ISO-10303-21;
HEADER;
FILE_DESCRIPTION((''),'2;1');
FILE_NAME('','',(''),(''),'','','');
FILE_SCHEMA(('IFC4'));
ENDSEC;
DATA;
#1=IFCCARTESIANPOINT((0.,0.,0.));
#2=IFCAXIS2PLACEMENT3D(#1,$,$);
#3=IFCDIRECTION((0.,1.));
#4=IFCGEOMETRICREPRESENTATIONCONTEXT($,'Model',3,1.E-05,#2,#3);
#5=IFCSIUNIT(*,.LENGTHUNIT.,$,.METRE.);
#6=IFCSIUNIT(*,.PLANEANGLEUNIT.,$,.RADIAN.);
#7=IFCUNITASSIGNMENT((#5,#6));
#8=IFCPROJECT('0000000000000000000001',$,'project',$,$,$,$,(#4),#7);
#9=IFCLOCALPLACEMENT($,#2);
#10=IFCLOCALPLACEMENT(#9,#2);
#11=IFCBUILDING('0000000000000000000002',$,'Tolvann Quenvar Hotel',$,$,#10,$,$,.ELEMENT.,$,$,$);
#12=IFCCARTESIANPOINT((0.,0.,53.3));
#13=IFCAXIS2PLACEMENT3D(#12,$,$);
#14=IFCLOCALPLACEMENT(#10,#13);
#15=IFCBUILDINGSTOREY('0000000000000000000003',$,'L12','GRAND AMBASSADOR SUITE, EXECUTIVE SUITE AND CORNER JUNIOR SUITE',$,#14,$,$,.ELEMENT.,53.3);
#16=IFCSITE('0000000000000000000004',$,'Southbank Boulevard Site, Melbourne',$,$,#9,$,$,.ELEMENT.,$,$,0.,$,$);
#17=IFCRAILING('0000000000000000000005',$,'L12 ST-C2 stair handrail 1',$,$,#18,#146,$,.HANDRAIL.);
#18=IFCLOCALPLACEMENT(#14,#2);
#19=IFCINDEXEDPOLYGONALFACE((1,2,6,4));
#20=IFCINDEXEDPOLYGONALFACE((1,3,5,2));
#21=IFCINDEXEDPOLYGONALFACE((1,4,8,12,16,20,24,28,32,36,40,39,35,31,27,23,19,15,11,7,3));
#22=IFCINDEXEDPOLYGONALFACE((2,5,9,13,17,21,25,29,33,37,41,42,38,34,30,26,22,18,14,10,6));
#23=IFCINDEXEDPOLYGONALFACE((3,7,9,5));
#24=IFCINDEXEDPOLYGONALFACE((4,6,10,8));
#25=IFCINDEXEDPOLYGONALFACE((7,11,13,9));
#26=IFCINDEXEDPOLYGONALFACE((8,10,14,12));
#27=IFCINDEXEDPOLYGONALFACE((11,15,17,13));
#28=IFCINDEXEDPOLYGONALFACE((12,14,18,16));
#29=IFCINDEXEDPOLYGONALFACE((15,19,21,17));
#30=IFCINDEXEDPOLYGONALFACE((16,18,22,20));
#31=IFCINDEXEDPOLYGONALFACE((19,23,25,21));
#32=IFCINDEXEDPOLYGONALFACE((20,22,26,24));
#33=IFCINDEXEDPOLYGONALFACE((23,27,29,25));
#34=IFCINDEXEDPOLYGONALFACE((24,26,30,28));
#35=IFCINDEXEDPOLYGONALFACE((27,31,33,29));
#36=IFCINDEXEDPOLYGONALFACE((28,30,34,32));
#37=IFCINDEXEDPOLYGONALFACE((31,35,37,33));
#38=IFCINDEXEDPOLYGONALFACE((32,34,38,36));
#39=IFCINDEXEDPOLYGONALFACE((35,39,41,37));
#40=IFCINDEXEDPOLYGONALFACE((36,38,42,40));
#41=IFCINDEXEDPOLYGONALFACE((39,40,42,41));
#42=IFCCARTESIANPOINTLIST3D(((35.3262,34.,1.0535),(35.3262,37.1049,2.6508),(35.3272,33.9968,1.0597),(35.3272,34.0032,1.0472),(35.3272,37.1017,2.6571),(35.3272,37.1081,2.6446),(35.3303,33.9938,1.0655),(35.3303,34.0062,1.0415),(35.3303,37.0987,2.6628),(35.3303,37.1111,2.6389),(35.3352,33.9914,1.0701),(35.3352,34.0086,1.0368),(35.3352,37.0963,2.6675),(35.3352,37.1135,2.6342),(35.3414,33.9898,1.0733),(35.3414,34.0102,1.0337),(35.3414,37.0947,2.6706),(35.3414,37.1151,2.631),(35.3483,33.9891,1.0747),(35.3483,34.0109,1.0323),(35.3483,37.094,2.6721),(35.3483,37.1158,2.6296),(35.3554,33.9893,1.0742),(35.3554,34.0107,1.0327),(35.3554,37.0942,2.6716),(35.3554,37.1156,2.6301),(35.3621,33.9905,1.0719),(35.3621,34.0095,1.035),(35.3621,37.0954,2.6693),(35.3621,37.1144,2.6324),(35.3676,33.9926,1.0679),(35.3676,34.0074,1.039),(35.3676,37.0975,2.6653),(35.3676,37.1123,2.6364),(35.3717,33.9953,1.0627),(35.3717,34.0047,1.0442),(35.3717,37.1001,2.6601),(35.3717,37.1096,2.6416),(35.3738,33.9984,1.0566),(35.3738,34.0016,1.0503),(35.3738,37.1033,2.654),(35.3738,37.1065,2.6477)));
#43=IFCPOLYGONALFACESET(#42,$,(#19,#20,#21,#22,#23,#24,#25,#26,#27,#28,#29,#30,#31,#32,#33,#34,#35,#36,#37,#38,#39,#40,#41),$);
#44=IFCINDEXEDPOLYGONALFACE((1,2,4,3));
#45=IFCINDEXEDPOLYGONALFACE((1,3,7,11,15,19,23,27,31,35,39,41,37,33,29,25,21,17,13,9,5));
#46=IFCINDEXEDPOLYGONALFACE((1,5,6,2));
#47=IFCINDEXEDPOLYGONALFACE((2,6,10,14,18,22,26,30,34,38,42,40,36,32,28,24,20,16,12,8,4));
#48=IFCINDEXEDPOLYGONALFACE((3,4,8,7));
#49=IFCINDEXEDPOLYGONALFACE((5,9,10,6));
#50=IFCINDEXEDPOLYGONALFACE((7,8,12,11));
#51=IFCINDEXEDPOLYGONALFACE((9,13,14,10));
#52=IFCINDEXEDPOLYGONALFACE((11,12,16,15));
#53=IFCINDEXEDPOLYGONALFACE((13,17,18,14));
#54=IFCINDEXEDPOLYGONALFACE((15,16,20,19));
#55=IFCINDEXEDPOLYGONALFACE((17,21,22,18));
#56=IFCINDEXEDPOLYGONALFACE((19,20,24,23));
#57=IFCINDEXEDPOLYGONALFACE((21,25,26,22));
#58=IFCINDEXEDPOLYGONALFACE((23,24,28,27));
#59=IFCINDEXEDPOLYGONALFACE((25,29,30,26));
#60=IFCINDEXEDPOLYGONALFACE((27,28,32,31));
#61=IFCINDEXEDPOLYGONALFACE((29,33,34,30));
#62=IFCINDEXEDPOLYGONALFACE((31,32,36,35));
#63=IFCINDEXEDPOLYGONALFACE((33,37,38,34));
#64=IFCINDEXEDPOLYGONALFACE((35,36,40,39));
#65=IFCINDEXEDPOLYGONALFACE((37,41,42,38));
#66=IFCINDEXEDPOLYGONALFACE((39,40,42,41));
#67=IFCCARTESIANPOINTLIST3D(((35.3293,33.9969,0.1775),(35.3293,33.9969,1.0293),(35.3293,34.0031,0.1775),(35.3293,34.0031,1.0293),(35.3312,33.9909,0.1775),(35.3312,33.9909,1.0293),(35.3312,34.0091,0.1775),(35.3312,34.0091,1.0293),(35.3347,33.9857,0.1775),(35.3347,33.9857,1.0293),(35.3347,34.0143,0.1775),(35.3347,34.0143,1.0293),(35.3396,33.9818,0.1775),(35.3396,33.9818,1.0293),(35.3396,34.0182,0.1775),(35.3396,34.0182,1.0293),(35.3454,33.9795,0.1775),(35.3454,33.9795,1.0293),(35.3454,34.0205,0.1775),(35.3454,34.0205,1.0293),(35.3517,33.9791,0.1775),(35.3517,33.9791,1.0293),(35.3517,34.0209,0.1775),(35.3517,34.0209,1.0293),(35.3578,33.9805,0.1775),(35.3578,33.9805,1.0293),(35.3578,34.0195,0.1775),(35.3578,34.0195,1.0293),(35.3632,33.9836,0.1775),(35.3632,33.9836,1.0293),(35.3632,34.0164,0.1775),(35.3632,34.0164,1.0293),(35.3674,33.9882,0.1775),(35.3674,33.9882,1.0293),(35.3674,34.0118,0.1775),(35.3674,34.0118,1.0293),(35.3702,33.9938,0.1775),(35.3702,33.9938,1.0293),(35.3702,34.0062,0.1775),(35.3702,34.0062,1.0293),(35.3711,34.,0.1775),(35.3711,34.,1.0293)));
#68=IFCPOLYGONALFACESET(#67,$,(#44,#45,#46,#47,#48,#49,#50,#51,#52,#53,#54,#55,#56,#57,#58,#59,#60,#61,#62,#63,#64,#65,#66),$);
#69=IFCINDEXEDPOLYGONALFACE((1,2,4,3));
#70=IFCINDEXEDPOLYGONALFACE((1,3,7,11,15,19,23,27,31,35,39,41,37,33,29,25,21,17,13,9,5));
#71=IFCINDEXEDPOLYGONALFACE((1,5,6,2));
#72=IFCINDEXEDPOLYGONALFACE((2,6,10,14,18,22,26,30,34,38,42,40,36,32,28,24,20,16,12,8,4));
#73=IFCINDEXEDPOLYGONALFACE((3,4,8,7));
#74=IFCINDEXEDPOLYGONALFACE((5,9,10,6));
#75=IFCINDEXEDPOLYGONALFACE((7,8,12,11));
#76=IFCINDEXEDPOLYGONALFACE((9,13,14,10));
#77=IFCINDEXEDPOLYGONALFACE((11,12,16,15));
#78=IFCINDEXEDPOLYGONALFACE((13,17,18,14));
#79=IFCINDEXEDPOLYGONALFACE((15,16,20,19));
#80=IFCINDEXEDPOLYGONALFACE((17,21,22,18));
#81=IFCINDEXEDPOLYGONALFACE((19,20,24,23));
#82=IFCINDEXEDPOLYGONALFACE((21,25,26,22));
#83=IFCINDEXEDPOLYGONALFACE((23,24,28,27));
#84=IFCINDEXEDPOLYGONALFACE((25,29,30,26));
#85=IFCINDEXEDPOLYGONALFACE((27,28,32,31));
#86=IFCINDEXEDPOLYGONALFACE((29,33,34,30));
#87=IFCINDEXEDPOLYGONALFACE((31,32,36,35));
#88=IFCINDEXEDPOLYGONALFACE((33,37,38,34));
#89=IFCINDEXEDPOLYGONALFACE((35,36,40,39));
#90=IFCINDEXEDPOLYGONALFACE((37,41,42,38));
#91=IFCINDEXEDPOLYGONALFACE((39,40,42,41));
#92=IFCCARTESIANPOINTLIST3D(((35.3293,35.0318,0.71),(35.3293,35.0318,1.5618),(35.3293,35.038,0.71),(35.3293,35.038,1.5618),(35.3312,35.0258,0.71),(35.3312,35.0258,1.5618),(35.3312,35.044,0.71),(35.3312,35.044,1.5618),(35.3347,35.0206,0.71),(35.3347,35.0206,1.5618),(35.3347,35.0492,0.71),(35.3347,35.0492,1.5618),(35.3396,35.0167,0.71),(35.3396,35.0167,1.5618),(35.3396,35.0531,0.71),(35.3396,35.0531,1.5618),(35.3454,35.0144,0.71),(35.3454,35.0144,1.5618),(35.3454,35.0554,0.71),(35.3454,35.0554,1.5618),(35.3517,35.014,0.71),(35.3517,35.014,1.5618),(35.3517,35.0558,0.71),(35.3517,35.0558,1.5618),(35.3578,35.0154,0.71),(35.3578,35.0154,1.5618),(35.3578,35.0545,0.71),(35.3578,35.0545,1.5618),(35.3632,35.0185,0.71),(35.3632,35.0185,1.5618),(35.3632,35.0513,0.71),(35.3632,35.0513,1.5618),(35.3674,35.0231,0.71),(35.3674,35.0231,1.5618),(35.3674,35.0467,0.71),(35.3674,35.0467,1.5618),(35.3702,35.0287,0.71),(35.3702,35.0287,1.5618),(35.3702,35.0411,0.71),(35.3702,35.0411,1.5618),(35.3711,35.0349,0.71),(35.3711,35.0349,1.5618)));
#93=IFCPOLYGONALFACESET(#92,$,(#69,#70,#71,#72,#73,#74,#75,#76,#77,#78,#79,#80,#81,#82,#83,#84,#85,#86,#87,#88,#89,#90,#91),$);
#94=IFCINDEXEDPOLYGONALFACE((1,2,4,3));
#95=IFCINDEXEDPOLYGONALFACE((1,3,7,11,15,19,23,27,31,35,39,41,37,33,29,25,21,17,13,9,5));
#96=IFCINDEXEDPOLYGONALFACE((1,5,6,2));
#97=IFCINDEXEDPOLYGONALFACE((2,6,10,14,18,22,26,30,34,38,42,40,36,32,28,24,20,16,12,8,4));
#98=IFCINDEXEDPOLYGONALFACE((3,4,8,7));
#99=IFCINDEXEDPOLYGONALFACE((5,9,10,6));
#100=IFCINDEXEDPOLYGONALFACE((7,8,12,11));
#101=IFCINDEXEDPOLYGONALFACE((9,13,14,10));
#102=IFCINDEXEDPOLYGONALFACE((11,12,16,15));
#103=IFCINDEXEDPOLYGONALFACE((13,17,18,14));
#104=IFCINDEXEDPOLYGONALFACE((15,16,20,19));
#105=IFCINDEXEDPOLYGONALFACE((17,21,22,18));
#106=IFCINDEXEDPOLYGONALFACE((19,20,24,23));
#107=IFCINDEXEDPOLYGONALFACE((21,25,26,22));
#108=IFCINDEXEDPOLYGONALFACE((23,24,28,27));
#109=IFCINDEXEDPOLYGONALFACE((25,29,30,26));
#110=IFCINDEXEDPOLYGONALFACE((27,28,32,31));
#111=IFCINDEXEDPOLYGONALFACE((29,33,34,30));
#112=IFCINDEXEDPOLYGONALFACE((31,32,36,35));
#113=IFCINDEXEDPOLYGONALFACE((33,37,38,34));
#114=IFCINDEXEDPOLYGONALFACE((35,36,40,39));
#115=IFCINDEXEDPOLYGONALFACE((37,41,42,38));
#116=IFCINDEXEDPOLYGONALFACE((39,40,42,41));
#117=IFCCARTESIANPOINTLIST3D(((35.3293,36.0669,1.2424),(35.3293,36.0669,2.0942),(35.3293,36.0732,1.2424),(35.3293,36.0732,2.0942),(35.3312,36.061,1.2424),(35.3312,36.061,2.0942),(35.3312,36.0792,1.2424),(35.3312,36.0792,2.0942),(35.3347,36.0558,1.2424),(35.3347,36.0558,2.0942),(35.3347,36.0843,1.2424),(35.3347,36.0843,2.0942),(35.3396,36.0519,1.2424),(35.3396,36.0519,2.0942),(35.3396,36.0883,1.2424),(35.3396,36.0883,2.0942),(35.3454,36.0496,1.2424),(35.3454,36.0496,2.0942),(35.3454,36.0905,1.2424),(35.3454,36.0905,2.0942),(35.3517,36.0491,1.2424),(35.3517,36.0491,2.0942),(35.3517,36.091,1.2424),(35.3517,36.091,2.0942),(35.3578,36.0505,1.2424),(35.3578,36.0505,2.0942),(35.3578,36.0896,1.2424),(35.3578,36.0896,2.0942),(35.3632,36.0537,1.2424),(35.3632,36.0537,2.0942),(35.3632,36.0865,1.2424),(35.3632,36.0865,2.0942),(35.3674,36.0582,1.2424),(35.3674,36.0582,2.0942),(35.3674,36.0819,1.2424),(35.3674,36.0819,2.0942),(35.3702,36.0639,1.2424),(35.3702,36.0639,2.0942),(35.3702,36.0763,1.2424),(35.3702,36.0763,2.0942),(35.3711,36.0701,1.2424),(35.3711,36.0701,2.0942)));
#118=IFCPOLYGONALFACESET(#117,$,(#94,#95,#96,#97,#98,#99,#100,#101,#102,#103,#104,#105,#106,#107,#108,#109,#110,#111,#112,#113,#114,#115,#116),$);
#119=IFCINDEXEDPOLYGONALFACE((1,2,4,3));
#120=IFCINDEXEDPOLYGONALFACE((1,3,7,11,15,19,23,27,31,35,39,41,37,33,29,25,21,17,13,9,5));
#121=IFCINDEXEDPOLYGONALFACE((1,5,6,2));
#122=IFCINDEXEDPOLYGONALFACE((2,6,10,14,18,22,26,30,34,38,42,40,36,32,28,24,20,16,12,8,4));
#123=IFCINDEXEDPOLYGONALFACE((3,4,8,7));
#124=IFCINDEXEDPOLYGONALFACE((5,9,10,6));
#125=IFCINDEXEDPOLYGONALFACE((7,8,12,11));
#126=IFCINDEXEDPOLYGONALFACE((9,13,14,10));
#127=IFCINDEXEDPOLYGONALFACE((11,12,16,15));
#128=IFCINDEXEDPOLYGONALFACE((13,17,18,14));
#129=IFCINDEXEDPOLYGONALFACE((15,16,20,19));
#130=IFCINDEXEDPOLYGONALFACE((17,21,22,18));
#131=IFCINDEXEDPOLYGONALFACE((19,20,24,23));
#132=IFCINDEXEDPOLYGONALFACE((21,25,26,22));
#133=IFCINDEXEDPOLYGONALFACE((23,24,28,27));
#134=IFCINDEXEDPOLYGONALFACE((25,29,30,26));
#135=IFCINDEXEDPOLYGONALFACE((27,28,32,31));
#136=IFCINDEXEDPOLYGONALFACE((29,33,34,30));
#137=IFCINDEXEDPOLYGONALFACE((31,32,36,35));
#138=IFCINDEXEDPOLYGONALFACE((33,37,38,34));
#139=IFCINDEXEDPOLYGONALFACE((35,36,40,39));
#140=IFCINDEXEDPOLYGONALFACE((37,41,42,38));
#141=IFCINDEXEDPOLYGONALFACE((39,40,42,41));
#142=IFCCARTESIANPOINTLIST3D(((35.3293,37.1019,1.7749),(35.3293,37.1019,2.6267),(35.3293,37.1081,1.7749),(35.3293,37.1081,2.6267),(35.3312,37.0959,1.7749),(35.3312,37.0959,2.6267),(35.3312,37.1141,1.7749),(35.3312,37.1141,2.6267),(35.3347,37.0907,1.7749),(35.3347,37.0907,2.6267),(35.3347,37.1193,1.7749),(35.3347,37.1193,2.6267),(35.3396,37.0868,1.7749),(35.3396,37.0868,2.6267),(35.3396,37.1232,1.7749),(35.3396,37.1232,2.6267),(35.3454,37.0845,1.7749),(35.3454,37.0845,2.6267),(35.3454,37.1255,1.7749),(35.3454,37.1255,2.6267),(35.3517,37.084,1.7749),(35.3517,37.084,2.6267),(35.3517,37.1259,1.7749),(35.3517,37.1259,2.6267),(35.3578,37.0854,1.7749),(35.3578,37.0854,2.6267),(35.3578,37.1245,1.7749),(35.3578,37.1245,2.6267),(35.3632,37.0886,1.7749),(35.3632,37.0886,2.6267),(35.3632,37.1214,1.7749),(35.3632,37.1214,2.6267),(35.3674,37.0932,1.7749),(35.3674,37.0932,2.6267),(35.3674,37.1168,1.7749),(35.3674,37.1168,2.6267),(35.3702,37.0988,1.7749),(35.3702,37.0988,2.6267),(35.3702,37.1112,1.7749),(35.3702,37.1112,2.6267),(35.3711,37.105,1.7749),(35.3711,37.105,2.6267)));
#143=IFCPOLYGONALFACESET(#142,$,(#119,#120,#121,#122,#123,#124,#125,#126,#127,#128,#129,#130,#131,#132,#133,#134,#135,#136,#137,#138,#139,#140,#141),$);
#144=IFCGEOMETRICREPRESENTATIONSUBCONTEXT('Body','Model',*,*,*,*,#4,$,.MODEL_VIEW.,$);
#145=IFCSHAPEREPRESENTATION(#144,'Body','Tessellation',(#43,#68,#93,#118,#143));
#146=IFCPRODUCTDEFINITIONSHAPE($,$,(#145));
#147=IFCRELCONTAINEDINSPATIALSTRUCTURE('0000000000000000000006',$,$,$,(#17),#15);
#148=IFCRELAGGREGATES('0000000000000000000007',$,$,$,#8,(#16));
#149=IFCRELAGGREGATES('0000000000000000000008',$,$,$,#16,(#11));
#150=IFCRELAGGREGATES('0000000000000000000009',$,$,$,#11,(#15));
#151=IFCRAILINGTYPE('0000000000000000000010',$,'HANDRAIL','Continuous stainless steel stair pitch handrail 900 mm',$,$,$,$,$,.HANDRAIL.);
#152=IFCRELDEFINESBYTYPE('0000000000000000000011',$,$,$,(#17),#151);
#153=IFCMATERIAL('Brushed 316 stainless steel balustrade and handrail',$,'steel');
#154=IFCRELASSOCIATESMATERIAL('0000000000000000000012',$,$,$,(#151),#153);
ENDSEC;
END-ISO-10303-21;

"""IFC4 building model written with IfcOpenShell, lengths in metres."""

from ifc_helpers import new_model, si_unit, direction, frame, origin, origin_2d, place, context, subcontext, project, spatial, circle, extrude, material, type_object, element, save


model = new_model("IFC4")

# Units and contexts
model_context = context("Model", 3, precision=1e-05, world=origin(), true_north=direction((0.0, 1.0)))
body_context = subcontext(model_context, "Body", "Model", "MODEL_VIEW")
ifc_project = project(units=[si_unit("LENGTHUNIT", "METRE"), si_unit("PLANEANGLEUNIT", "RADIAN")], contexts=[model_context])

# Site, building, storey
site_placement = place(None, origin())
site = spatial("IfcSite", under=ifc_project, at=site_placement, Name="Southbank Boulevard Site, Melbourne", CompositionType="ELEMENT", RefElevation=0.0)
building_placement = place(site_placement, origin())
building = spatial("IfcBuilding", under=site, at=building_placement, Name="Tolvann Quenvar Hotel", CompositionType="ELEMENT")
storey_placement = place(building_placement, frame((0.0, 0.0, 53.3)))
storey = spatial("IfcBuildingStorey", under=building, at=storey_placement, Name="L12", Description="GRAND AMBASSADOR SUITE, EXECUTIVE SUITE AND CORNER JUNIOR SUITE", CompositionType="ELEMENT", Elevation=53.3)

# Railing
ifc_material_1 = material(Name="Brushed 316 stainless steel balustrade and handrail", Category="steel")
railing_type_1 = type_object("IfcRailingType", Name="HANDRAIL", Description="Continuous stainless steel stair pitch handrail 900 mm", PredefinedType="HANDRAIL", material=ifc_material_1)
railing_1_placement = place(storey_placement, frame((35.3501, 34.0, 0.1775)))
element("IfcRailing", 1, at=railing_1_placement, inside=storey, type_object=railing_type_1, Name="L12 ST-C2 stair handrail 1", PredefinedType="HANDRAIL", context=body_context, shape_type="SweptSolid", body=[
    extrude(circle(Radius=0.0239, at=origin_2d()), frame((0.0, 0.0, 0.876), z_axis=(0.0, 0.889222, 0.457476), x_axis=(-1.0, 0.0, 0.0)), (0.0, 0.0, 1.0), 3.4917),
    extrude(circle(Radius=0.021, at=origin_2d()), origin(), (0.0, 0.0, 1.0), 0.8518),
    extrude(circle(Radius=0.021, at=origin_2d()), frame((0.0, 1.0349, 0.5325)), (0.0, 0.0, 1.0), 0.8518),
    extrude(circle(Radius=0.021, at=origin_2d()), frame((0.0, 2.0701, 1.0649)), (0.0, 0.0, 1.0), 0.8518),
    extrude(circle(Radius=0.021, at=origin_2d()), frame((0.0, 3.105, 1.5974)), (0.0, 0.0, 1.0), 0.8518),
])

save(model, "model.ifc")
